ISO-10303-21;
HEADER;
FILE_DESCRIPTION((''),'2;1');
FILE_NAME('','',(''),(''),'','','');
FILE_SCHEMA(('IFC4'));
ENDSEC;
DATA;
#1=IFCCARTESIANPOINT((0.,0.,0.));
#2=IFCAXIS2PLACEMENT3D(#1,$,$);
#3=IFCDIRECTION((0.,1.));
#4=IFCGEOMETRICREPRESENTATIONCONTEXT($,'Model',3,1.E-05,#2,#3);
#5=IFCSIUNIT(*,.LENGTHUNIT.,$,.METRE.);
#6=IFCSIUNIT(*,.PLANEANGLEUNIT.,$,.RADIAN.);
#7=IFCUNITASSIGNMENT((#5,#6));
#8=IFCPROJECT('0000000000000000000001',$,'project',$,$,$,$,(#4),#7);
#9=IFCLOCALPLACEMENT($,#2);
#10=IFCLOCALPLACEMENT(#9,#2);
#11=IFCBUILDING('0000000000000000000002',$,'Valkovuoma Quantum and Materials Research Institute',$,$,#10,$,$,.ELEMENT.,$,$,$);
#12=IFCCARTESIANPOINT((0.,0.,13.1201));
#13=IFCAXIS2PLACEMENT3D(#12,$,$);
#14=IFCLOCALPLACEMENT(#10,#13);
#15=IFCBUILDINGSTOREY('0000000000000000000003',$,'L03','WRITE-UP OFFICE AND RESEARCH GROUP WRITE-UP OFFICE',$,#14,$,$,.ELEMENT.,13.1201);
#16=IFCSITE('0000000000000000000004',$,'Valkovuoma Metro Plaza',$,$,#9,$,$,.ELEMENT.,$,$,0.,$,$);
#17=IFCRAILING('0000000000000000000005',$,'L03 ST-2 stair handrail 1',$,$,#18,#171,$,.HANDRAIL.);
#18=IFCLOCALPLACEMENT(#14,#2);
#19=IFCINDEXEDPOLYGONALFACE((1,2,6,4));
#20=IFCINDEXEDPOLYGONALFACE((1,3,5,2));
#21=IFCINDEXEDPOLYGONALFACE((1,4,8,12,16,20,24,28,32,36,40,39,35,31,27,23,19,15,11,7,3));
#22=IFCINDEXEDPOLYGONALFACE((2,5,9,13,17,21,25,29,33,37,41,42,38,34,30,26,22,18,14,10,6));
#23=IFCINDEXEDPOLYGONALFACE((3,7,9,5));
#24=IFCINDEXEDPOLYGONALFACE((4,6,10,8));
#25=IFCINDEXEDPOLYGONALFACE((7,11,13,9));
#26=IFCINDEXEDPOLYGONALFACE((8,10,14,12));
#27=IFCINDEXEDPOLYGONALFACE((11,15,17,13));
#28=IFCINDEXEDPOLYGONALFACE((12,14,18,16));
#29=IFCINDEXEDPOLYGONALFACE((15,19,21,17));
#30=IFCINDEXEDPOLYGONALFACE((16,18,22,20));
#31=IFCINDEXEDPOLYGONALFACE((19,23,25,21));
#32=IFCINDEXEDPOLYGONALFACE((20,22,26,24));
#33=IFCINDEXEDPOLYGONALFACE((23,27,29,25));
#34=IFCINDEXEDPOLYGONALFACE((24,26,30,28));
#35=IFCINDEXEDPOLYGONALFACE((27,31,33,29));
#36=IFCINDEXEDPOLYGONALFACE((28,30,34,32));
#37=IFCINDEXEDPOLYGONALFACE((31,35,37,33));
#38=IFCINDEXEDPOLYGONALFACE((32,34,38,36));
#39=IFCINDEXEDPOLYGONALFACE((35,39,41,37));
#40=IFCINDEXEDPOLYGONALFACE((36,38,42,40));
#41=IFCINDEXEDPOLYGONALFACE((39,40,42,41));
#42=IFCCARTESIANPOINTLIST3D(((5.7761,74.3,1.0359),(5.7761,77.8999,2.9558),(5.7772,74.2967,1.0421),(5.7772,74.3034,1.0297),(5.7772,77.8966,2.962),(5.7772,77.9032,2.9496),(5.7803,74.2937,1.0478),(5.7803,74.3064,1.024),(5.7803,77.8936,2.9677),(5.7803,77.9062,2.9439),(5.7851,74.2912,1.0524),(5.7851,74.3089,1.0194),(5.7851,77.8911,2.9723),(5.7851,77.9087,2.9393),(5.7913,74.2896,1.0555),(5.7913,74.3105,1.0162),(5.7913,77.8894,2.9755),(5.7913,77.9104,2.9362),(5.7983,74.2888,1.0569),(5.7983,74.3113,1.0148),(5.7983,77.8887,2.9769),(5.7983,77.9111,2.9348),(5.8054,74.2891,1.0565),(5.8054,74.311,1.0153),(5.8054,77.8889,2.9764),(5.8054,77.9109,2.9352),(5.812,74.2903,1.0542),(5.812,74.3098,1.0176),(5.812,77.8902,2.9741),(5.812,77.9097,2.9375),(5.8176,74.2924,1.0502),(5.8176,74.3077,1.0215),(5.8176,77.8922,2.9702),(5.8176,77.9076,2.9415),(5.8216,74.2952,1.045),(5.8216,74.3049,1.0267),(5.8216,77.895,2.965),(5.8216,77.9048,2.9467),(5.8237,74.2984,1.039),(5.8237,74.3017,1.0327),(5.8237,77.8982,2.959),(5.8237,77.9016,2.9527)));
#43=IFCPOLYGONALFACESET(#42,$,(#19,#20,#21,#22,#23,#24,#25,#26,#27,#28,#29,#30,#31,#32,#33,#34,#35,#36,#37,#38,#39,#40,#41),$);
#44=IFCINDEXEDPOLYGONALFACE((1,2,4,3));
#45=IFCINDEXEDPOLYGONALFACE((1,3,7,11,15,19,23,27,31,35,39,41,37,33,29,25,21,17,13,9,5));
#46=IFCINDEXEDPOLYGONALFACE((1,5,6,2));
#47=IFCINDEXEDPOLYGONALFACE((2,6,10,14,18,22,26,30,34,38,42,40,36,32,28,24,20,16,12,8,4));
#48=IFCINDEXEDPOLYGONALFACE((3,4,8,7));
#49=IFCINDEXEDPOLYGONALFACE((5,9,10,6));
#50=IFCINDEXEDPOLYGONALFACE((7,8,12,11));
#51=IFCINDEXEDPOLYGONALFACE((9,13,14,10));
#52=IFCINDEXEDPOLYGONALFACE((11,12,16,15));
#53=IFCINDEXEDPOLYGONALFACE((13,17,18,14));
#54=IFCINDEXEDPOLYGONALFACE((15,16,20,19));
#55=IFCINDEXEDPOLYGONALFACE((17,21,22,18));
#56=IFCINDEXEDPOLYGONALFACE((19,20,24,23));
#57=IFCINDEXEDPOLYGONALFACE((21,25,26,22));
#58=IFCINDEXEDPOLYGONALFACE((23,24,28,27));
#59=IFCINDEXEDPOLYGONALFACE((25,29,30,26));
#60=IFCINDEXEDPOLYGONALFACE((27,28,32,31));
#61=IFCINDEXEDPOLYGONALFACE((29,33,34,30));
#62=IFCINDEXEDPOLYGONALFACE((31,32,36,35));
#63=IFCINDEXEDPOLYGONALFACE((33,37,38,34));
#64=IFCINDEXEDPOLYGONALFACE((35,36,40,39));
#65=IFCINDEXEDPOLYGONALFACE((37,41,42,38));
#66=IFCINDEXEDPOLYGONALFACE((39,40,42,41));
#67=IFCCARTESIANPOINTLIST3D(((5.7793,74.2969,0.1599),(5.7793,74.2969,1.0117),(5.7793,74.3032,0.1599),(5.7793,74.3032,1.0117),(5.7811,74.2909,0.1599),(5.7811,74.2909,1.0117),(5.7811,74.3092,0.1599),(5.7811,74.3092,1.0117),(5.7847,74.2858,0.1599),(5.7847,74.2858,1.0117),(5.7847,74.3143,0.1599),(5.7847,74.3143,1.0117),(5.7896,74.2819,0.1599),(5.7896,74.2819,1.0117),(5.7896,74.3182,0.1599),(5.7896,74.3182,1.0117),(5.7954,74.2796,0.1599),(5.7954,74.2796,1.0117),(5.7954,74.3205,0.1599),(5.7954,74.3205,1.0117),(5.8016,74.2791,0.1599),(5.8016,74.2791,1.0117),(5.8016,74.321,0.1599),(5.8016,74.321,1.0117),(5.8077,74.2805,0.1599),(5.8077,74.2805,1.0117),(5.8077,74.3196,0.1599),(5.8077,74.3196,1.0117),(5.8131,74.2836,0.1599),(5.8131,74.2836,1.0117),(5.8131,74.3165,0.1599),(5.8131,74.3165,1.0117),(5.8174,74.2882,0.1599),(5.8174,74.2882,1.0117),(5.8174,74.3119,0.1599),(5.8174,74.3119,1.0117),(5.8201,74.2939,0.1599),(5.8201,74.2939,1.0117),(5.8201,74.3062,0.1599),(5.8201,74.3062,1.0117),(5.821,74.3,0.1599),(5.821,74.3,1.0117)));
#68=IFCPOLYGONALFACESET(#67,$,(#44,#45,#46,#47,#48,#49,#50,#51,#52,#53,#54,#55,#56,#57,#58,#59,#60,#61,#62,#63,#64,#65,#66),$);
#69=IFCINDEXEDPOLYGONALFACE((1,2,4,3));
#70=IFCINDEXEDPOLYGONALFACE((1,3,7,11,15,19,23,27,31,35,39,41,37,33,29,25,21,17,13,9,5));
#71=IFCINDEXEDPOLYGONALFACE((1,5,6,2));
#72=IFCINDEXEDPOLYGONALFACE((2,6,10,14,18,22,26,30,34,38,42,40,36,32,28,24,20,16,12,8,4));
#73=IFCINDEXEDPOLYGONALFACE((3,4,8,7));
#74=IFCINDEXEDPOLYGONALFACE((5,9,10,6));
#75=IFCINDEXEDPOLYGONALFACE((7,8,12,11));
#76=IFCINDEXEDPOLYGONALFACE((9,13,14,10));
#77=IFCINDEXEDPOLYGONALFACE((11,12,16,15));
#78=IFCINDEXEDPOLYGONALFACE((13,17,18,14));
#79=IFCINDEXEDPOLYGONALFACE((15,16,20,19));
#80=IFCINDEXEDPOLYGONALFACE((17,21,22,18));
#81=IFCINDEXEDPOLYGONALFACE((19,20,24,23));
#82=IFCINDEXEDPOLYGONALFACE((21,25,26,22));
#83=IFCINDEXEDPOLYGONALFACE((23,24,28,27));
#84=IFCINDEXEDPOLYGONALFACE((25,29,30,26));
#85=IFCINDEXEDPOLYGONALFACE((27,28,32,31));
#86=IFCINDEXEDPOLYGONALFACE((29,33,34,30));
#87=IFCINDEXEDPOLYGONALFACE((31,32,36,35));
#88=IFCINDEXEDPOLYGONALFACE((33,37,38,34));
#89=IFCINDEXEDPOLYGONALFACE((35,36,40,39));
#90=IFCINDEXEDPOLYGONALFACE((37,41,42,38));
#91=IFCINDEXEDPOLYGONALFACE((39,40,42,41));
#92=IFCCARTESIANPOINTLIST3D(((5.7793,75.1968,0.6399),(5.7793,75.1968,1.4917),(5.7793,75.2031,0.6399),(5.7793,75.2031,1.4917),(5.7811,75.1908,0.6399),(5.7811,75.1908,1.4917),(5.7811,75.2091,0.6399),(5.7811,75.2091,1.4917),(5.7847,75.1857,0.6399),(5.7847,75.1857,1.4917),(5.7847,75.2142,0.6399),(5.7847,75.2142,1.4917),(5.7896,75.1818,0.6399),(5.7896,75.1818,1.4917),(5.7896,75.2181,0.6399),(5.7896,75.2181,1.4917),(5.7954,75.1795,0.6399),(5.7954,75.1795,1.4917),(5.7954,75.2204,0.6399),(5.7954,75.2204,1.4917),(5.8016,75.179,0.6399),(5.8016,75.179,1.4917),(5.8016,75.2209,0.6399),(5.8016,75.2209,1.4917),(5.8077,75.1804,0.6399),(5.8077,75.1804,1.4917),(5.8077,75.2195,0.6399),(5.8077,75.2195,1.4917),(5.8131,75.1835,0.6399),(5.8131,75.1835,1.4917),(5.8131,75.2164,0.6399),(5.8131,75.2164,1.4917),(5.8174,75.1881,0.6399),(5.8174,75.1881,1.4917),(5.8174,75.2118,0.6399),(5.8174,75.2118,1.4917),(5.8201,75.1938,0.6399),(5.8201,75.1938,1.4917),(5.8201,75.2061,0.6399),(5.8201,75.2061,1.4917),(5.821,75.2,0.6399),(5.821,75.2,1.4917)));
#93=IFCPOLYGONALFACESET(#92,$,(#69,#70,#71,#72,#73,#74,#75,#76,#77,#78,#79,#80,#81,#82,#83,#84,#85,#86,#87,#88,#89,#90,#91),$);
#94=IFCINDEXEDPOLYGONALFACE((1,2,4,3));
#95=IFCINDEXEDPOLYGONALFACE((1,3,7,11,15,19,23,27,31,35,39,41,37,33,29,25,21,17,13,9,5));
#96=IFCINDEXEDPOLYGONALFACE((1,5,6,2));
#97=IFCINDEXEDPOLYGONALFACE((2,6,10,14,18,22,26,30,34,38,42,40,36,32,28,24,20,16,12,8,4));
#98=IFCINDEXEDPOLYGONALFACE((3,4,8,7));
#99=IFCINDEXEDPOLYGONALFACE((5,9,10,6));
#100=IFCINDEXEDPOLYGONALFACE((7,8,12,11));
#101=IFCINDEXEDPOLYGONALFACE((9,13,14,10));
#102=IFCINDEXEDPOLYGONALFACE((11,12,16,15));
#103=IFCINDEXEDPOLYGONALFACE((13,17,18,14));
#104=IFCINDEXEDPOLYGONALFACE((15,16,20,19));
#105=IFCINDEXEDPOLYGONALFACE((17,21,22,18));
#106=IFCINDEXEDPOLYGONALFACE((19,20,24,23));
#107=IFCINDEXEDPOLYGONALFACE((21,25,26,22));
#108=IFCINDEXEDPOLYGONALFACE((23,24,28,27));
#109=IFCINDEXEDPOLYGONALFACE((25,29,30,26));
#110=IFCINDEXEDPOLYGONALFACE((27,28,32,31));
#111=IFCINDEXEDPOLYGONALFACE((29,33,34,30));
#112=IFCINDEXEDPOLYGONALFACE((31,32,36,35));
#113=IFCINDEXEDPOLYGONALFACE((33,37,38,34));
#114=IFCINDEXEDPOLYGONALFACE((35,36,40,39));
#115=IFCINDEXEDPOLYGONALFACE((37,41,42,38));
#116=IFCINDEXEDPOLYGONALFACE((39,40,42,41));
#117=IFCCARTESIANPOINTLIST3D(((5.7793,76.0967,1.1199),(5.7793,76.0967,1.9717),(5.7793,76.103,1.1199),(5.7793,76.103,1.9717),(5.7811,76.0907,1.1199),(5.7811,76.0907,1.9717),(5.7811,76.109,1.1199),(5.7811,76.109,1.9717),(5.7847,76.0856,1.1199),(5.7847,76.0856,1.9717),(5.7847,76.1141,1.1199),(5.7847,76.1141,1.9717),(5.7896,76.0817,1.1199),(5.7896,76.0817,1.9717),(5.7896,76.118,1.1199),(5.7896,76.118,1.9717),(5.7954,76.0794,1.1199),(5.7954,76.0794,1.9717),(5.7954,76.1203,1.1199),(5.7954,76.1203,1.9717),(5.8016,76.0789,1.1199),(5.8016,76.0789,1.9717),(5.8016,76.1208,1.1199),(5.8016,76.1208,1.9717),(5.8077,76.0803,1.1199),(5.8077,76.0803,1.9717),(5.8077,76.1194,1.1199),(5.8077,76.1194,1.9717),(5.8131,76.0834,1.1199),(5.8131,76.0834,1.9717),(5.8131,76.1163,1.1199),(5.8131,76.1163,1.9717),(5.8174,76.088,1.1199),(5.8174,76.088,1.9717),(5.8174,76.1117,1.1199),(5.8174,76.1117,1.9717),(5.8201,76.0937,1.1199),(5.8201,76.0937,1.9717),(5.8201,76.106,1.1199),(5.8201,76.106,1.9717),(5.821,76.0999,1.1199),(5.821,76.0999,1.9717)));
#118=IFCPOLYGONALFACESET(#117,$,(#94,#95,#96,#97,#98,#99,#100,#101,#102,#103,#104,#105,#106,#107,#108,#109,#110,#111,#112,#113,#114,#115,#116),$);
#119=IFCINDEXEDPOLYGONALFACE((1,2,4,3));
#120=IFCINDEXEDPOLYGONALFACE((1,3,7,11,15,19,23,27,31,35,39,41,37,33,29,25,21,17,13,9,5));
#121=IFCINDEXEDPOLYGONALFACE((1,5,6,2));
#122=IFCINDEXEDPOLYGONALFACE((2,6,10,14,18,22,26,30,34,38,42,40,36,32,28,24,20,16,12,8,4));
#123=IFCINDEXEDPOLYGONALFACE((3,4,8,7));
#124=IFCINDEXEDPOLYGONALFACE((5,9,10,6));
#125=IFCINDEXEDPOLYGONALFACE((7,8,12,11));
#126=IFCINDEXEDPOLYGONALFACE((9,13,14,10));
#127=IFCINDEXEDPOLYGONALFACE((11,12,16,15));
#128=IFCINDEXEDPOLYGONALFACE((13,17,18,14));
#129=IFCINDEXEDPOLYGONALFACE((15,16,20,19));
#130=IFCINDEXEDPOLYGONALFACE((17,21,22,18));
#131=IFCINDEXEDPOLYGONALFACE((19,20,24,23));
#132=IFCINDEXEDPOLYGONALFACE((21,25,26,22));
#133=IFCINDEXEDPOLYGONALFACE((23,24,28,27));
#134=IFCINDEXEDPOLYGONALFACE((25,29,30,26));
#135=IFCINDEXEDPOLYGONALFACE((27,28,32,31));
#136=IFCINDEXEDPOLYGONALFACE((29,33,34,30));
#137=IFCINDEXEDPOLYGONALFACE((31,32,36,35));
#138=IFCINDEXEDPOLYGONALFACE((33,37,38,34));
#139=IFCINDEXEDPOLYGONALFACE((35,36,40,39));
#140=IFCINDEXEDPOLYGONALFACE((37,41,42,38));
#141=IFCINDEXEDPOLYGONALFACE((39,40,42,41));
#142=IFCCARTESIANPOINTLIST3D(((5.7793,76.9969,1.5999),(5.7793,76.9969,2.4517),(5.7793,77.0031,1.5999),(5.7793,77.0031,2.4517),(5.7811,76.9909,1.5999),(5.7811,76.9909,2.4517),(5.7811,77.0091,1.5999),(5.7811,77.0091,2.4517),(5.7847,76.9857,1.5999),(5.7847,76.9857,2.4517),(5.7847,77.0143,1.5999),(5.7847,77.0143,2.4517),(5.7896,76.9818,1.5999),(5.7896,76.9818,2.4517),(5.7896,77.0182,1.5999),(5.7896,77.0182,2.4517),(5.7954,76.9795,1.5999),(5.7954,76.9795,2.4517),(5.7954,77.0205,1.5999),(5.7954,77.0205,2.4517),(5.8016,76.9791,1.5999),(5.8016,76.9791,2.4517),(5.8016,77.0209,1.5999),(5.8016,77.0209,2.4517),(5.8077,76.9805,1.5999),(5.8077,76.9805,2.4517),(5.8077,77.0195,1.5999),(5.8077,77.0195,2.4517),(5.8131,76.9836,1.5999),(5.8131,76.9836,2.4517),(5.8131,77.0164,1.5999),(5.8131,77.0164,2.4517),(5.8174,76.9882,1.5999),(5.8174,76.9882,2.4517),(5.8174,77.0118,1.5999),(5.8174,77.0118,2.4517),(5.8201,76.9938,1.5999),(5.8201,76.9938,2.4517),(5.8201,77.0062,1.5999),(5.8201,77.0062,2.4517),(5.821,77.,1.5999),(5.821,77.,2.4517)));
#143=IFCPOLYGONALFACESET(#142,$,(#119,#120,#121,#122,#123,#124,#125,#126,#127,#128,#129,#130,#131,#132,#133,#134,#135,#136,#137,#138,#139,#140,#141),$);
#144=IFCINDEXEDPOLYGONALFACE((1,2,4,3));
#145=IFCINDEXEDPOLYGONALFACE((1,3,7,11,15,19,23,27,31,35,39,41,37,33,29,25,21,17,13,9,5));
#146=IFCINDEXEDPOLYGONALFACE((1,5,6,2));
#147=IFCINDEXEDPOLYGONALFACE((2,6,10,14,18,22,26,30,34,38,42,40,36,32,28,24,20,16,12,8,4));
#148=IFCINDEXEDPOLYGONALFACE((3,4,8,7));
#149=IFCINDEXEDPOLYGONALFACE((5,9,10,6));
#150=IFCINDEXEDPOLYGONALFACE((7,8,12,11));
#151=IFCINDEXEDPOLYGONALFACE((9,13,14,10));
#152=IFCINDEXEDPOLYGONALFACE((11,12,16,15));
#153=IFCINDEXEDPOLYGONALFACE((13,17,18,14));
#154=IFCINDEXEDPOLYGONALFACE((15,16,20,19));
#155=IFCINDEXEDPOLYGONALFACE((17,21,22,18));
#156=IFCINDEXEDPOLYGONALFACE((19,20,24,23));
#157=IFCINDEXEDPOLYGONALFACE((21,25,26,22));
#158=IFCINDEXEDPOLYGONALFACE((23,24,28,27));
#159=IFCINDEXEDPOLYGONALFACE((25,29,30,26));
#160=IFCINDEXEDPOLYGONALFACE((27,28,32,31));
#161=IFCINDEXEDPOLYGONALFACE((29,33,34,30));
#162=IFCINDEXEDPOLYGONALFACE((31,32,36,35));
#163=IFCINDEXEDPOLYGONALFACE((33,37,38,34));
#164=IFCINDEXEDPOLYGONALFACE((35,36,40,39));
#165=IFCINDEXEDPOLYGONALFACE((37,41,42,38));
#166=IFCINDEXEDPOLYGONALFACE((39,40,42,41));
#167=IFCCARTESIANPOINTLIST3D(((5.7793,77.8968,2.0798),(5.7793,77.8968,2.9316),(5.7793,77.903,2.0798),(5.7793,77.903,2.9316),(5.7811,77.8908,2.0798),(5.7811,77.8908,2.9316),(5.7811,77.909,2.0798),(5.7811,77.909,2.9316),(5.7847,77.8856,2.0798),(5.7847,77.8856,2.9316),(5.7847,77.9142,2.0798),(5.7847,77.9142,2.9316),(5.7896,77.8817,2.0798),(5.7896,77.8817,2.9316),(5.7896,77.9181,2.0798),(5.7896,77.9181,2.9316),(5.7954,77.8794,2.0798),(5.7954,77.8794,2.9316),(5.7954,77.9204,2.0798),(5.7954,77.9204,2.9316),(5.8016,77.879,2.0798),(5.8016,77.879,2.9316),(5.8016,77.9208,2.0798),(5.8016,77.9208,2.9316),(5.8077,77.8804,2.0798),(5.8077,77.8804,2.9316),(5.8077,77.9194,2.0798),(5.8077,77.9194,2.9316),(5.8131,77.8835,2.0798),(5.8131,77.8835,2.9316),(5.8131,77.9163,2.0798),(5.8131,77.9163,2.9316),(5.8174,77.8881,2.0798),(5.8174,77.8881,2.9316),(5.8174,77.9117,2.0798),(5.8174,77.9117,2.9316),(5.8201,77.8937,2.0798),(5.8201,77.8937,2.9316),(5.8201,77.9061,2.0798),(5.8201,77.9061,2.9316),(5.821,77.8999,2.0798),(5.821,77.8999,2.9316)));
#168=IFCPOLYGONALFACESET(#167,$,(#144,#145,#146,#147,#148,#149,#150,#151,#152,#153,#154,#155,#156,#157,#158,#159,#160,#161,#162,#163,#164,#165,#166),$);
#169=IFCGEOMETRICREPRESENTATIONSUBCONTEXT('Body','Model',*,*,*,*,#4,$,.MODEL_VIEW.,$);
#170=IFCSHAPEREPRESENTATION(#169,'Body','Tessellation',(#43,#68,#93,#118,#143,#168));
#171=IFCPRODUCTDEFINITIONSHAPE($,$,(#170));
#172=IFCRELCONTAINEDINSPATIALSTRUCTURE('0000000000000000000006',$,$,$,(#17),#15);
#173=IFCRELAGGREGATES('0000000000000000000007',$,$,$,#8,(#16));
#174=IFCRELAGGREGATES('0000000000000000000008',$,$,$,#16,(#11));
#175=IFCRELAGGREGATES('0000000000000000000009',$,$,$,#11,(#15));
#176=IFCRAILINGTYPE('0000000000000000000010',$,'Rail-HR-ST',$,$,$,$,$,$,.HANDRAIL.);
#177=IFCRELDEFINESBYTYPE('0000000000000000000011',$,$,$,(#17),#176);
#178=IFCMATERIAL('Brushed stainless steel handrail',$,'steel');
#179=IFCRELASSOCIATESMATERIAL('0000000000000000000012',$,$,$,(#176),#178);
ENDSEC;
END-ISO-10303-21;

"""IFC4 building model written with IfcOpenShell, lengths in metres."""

from ifc_helpers import new_model, si_unit, direction, frame, origin, origin_2d, place, context, subcontext, project, spatial, circle, extrude, material, type_object, element, save


model = new_model("IFC4")

# Units and contexts
model_context = context("Model", 3, precision=1e-05, world=origin(), true_north=direction((0.0, 1.0)))
body_context = subcontext(model_context, "Body", "Model", "MODEL_VIEW")
ifc_project = project(units=[si_unit("LENGTHUNIT", "METRE"), si_unit("PLANEANGLEUNIT", "RADIAN")], contexts=[model_context])

# Site, building, storey
site_placement = place(None, origin())
site = spatial("IfcSite", under=ifc_project, at=site_placement, Name="Valkovuoma Metro Plaza", CompositionType="ELEMENT", RefElevation=0.0)
building_placement = place(site_placement, origin())
building = spatial("IfcBuilding", under=site, at=building_placement, Name="Valkovuoma Quantum and Materials Research Institute", CompositionType="ELEMENT")
storey_placement = place(building_placement, frame((0.0, 0.0, 13.1201)))
storey = spatial("IfcBuildingStorey", under=building, at=storey_placement, Name="L03", Description="WRITE-UP OFFICE AND RESEARCH GROUP WRITE-UP OFFICE", CompositionType="ELEMENT", Elevation=13.1201)

# Railing
ifc_material_1 = material(Name="Brushed stainless steel handrail", Category="steel")
railing_type_1 = type_object("IfcRailingType", Name="Rail-HR-ST", PredefinedType="HANDRAIL", material=ifc_material_1)
railing_1_placement = place(storey_placement, frame((5.8, 74.3, 0.1599)))
element("IfcRailing", 1, at=railing_1_placement, inside=storey, type_object=railing_type_1, Name="L03 ST-2 stair handrail 1", PredefinedType="HANDRAIL", context=body_context, shape_type="SweptSolid", body=[
    extrude(circle(Radius=0.0239, at=origin_2d()), frame((0.0, 0.0, 0.876), z_axis=(0.0, 0.882353, 0.470588), x_axis=(-1.0, 0.0, 0.0)), (0.0, 0.0, 1.0), 4.0798),
    extrude(circle(Radius=0.021, at=origin_2d()), origin(), (0.0, 0.0, 1.0), 0.8518),
    extrude(circle(Radius=0.021, at=origin_2d()), frame((0.0, 0.8999, 0.48)), (0.0, 0.0, 1.0), 0.8518),
    extrude(circle(Radius=0.021, at=origin_2d()), frame((0.0, 1.7998, 0.96)), (0.0, 0.0, 1.0), 0.8518),
    extrude(circle(Radius=0.021, at=origin_2d()), frame((0.0, 2.7, 1.4399)), (0.0, 0.0, 1.0), 0.8518),
    extrude(circle(Radius=0.021, at=origin_2d()), frame((0.0, 3.5999, 1.9199)), (0.0, 0.0, 1.0), 0.8518),
])

save(model, "model.ifc")
